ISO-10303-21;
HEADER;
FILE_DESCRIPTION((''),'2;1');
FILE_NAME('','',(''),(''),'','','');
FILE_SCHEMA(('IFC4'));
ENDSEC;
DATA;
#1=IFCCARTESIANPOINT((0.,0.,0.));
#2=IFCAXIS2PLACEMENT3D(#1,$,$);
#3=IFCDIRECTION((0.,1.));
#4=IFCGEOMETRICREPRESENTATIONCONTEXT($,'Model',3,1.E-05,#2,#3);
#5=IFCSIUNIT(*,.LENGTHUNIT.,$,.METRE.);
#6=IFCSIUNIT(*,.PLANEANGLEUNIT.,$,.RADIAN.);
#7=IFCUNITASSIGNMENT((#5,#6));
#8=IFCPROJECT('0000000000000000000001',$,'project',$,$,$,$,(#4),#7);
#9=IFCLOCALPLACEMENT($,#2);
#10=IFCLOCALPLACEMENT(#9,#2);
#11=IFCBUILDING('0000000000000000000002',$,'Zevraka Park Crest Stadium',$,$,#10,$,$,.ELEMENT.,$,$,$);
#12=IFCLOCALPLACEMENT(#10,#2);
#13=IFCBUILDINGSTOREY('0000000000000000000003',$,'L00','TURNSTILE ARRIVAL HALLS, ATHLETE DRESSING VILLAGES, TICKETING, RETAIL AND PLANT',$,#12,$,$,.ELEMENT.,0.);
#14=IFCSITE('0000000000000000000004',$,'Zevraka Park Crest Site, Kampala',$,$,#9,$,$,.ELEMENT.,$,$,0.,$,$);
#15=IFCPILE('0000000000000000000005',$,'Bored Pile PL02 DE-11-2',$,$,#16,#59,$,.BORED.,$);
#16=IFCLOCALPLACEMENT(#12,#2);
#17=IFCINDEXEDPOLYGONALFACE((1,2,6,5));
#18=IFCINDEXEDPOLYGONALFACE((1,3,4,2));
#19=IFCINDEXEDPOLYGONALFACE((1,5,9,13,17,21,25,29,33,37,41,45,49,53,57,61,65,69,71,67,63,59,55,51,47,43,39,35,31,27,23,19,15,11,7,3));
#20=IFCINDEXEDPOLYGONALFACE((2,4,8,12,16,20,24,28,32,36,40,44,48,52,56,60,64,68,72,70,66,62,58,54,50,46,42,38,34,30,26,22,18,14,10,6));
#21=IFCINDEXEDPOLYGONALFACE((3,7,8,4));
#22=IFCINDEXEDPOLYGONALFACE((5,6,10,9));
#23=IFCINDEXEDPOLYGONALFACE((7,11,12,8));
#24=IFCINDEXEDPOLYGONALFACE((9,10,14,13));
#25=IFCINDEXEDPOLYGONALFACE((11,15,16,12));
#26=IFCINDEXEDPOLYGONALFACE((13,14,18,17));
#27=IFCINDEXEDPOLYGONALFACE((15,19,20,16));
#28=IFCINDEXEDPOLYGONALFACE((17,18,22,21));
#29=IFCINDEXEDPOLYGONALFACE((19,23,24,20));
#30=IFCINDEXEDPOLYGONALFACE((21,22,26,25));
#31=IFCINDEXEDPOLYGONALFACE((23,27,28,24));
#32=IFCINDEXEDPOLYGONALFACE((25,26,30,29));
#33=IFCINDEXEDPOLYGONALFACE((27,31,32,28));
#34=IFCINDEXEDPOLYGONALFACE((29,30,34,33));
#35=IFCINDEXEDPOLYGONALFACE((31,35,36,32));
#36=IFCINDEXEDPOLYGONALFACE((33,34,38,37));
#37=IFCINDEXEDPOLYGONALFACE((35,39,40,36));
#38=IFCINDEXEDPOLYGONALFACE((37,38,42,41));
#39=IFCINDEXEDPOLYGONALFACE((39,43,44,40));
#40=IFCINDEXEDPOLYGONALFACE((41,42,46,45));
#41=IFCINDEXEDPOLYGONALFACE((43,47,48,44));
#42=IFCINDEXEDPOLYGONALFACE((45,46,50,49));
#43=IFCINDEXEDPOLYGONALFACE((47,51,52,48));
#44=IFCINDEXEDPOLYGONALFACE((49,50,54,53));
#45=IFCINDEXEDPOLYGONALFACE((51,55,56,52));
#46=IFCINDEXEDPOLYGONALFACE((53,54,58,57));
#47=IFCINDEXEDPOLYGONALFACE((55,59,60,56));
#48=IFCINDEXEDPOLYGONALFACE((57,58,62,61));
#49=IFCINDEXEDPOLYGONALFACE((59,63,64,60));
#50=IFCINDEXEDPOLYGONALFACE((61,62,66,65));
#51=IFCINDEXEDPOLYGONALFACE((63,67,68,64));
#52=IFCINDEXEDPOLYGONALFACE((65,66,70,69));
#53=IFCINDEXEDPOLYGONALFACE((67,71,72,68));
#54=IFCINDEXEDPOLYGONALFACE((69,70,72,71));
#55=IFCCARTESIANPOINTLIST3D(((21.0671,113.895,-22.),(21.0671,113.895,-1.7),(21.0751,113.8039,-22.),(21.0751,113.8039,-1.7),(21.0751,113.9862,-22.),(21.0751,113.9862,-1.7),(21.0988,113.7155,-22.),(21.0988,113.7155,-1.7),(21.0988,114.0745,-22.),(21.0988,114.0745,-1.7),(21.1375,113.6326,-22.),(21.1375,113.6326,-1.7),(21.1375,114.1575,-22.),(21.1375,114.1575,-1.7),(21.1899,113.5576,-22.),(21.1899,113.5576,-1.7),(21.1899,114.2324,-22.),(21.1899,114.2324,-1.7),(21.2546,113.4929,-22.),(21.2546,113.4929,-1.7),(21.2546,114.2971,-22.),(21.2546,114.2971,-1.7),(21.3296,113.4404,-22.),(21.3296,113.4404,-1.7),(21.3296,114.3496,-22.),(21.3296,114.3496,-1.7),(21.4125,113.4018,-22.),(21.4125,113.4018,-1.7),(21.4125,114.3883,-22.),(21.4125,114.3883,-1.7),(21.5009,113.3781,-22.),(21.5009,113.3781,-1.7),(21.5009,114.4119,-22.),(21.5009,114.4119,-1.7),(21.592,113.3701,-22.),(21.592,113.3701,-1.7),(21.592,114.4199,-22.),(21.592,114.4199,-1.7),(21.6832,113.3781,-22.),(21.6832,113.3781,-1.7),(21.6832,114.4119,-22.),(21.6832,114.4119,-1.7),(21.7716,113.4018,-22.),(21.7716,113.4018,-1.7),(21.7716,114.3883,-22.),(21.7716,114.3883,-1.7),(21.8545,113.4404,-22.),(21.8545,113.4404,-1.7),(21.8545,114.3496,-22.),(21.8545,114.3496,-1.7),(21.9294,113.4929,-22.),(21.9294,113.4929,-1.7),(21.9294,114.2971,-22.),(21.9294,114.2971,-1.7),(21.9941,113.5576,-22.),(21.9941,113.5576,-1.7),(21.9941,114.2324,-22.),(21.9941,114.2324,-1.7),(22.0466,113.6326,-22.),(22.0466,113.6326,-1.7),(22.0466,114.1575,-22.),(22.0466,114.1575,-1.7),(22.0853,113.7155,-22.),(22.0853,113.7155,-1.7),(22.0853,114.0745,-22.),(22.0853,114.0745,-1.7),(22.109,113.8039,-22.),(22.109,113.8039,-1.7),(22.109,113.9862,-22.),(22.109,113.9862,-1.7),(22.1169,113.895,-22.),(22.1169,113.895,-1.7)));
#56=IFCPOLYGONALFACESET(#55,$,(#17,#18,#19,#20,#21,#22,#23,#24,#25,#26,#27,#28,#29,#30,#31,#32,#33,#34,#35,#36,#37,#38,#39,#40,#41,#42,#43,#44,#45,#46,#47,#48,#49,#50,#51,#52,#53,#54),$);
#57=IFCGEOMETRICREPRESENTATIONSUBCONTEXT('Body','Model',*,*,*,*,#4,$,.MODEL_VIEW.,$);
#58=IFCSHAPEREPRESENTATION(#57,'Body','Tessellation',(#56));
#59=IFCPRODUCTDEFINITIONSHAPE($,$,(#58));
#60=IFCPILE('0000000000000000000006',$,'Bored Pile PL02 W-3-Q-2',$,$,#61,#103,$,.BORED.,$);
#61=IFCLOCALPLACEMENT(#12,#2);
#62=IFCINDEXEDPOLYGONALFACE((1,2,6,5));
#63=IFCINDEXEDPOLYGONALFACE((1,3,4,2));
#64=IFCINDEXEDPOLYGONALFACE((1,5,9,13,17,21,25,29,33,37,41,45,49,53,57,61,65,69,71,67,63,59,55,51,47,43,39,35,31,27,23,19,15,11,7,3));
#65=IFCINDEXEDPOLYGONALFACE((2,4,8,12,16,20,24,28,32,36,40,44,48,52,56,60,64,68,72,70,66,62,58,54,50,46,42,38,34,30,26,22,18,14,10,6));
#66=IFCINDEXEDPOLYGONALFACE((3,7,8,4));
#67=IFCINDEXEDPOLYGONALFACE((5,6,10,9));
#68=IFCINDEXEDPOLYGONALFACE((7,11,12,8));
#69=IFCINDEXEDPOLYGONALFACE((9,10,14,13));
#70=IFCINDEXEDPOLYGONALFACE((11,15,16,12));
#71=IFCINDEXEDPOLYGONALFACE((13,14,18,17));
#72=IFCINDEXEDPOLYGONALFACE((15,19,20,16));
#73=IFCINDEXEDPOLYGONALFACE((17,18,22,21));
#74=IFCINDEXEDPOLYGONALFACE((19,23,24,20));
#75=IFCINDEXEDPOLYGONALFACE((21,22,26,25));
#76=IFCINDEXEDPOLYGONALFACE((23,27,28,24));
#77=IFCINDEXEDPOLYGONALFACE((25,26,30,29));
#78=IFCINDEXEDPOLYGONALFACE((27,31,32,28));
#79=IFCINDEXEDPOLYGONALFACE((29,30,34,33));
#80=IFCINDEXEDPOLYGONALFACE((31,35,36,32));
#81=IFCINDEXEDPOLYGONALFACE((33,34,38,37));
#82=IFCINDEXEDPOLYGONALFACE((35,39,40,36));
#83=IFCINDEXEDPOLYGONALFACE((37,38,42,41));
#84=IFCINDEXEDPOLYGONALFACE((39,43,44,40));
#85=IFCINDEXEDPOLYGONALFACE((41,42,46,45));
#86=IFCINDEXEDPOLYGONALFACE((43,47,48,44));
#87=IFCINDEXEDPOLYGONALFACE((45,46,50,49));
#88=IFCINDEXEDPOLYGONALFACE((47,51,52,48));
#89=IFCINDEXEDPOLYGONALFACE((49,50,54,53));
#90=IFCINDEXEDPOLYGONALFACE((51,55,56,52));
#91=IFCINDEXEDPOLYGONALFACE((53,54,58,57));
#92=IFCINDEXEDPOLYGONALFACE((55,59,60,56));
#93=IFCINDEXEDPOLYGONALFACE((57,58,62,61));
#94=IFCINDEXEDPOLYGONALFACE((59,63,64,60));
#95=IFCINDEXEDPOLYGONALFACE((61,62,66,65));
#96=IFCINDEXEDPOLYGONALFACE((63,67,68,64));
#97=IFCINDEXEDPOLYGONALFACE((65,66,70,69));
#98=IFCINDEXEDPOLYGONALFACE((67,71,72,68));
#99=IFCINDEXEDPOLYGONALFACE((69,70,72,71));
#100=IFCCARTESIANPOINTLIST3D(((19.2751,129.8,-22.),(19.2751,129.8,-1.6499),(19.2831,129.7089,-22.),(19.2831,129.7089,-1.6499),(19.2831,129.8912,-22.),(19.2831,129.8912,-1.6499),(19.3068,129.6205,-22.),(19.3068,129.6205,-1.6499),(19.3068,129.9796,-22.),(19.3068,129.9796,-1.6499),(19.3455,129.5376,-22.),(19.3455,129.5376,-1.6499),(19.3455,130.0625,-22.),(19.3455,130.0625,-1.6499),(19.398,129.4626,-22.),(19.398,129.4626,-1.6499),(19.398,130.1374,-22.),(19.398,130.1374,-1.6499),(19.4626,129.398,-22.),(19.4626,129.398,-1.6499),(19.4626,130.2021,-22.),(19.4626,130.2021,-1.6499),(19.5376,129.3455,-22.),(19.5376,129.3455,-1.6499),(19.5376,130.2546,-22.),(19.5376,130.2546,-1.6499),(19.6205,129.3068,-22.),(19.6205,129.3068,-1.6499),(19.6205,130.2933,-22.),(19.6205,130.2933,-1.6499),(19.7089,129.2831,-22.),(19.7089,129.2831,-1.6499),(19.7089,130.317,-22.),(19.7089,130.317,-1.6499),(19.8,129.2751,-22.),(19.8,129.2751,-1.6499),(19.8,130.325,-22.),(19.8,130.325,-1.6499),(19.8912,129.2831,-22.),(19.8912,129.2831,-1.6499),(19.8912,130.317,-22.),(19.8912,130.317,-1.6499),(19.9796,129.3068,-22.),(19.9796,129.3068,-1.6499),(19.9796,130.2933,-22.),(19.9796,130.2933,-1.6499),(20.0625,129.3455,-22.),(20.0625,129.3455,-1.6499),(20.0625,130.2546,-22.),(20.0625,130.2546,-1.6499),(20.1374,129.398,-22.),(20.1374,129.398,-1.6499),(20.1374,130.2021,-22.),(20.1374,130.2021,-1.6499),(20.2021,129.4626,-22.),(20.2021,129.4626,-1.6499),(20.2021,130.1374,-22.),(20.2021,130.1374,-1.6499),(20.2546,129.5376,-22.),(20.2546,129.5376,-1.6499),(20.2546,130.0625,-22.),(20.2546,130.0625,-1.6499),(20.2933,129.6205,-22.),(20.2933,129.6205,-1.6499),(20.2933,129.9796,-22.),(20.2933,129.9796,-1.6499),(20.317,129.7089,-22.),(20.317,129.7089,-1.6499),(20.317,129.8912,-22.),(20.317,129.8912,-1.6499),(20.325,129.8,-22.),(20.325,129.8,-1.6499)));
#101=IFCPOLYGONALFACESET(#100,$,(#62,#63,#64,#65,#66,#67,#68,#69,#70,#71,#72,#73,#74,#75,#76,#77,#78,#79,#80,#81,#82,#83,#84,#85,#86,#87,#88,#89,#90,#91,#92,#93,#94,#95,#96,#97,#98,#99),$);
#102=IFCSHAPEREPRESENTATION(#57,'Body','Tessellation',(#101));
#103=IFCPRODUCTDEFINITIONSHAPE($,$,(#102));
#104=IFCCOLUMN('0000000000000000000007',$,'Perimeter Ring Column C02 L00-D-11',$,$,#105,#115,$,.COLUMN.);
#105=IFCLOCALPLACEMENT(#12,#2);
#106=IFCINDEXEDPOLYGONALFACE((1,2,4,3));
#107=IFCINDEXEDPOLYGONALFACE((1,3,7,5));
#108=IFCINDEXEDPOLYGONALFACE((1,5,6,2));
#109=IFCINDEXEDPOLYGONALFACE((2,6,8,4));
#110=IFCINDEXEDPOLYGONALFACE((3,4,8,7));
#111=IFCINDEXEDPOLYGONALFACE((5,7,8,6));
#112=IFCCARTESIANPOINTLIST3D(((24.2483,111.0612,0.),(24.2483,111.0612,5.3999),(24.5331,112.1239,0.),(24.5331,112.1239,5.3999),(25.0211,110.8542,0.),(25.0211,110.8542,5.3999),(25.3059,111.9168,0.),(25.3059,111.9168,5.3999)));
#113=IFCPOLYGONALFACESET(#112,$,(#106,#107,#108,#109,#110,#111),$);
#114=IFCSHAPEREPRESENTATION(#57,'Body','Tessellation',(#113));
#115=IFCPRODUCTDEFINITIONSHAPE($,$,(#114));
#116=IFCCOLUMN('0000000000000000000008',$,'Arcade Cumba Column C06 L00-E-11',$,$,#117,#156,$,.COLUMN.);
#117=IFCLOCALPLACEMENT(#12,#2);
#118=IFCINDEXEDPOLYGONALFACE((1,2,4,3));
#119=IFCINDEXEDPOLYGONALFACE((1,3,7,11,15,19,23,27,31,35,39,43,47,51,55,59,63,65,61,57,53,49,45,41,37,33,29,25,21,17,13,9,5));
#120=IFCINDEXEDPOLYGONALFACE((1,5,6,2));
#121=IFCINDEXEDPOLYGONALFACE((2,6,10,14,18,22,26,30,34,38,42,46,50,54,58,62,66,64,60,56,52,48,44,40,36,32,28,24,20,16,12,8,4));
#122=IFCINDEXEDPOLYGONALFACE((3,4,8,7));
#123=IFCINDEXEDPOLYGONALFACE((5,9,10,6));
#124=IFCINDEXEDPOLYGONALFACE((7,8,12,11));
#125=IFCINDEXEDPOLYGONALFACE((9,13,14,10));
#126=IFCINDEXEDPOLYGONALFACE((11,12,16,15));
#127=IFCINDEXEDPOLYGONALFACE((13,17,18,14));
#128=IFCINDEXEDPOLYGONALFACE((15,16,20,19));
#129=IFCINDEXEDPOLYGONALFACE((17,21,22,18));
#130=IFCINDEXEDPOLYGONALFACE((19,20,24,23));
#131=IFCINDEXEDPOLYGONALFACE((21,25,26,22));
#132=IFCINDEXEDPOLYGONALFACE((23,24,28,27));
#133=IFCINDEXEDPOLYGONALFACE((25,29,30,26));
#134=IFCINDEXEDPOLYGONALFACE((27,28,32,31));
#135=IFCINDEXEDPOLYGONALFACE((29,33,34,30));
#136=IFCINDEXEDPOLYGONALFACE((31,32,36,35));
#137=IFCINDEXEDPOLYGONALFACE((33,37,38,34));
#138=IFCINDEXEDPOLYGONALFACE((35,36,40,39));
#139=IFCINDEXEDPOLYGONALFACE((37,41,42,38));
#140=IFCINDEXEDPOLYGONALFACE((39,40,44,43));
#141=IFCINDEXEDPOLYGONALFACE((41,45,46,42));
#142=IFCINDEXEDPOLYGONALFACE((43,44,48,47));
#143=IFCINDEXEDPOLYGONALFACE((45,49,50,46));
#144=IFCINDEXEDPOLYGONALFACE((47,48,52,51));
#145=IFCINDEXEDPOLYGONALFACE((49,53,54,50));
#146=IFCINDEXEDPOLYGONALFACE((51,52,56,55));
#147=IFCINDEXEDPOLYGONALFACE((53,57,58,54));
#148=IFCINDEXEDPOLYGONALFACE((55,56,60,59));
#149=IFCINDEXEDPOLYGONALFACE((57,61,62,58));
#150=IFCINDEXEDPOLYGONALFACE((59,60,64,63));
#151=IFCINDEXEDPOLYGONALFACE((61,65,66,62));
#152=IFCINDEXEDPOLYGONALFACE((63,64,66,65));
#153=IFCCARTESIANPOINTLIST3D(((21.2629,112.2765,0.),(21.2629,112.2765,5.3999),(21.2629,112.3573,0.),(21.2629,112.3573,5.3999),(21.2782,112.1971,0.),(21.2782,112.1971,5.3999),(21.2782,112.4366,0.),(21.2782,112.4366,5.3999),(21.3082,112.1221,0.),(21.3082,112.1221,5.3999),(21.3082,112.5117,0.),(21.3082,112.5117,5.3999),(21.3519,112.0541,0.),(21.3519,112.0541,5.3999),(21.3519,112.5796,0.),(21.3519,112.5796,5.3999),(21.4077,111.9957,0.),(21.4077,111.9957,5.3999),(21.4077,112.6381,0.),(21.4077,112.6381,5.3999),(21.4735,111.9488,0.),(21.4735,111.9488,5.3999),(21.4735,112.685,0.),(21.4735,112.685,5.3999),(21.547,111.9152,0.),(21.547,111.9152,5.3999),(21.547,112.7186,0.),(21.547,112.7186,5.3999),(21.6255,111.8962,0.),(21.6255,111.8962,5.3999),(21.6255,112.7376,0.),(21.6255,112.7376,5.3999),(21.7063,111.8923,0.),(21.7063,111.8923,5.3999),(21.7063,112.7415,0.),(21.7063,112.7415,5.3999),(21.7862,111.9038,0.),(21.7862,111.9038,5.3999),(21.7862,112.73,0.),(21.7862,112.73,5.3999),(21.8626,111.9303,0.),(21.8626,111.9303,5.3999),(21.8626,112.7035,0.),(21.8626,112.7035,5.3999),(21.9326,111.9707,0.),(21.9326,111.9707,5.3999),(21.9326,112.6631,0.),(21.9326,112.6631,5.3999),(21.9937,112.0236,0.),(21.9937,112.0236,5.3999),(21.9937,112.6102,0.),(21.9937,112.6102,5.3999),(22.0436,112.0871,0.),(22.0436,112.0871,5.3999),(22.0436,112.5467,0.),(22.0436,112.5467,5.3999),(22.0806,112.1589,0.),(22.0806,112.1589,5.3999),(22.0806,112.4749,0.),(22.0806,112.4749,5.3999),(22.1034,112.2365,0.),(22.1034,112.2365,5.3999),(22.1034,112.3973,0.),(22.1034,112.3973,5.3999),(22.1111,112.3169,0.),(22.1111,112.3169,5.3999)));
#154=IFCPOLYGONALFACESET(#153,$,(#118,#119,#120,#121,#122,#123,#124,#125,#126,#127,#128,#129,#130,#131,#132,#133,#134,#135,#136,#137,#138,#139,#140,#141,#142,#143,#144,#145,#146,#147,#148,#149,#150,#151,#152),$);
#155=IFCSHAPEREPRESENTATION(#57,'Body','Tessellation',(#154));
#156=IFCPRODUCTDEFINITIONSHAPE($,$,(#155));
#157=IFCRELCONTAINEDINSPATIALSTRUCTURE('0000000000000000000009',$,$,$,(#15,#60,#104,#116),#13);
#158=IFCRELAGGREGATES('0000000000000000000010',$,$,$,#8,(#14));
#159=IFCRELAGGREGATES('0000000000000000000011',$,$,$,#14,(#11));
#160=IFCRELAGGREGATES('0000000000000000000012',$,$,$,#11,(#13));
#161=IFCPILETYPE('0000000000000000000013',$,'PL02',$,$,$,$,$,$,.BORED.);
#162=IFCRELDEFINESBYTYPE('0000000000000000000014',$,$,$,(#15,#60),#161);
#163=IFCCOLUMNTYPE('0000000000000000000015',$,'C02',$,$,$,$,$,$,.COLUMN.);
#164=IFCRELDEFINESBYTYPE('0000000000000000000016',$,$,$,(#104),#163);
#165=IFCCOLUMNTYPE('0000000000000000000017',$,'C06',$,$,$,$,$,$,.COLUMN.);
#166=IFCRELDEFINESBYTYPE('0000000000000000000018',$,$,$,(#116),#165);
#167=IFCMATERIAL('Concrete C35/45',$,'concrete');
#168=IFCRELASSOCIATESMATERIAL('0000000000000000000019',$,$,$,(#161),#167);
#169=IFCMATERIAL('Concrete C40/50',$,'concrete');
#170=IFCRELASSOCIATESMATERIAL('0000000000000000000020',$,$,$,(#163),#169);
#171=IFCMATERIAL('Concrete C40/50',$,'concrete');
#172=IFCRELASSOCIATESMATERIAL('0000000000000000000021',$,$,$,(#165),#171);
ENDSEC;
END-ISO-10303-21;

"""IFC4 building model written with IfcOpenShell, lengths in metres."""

from ifc_helpers import new_model, si_unit, direction, frame, origin, origin_2d, place, context, subcontext, project, spatial, rectangle, circle, extrude, material, material_profile, profile_set, type_object, element, save


model = new_model("IFC4")

# Units and contexts
model_context = context("Model", 3, precision=1e-05, world=origin(), true_north=direction((0.0, 1.0)))
body_context = subcontext(model_context, "Body", "Model", "MODEL_VIEW")
ifc_project = project(units=[si_unit("LENGTHUNIT", "METRE"), si_unit("PLANEANGLEUNIT", "RADIAN")], contexts=[model_context])

# Site, building, storey
site_placement = place(None, origin())
site = spatial("IfcSite", under=ifc_project, at=site_placement, Name="Zevraka Park Crest Site, Kampala", CompositionType="ELEMENT", RefElevation=0.0)
building_placement = place(site_placement, origin())
building = spatial("IfcBuilding", under=site, at=building_placement, Name="Zevraka Park Crest Stadium", CompositionType="ELEMENT")
storey_placement = place(building_placement, origin())
storey = spatial("IfcBuildingStorey", under=building, at=storey_placement, Name="L00", Description="TURNSTILE ARRIVAL HALLS, ATHLETE DRESSING VILLAGES, TICKETING, RETAIL AND PLANT", CompositionType="ELEMENT", Elevation=0.0)

# Piles
ifc_material_1 = material(Name="Concrete C35/45", Category="concrete")
ifc_material_profile_1 = material_profile(ifc_material_1, circle(Radius=0.5249, at=origin_2d()), Name="PILE D1050")
ifc_profile_set_1 = profile_set([ifc_material_profile_1], Name="Concrete C35/45")
pile_type_1 = type_object("IfcPileType", Name="PL02", PredefinedType="BORED", material=ifc_profile_set_1)
for number, where, z_axis, x_axis, name in (
    (1, (21.592, 113.895, -1.7), (0.0, 0.0, -1.0), (1.0, 0.0, 0.0), "Bored Pile PL02 DE-11-2"),
):
    element("IfcPile", number, at=place(storey_placement, frame(where, z_axis=z_axis, x_axis=x_axis)), inside=storey, type_object=pile_type_1, Name=name, PredefinedType="BORED", context=body_context, shape_type="SweptSolid", body=[
        extrude(circle(Radius=0.5249, at=origin_2d()), origin(), (0.0, 0.0, 1.0), 20.3),
    ])
pile_placement = place(storey_placement, frame((19.8, 129.8, -1.6499), z_axis=(0.0, 0.0, -1.0), x_axis=(1.0, 0.0, 0.0)))
element("IfcPile", 2, at=pile_placement, inside=storey, type_object=pile_type_1, Name="Bored Pile PL02 W-3-Q-2", PredefinedType="BORED", context=body_context, shape_type="SweptSolid", body=[
    extrude(circle(Radius=0.5249, at=origin_2d()), origin(), (0.0, 0.0, 1.0), 20.3501),
])

# Columns
ifc_material_2 = material(Name="Concrete C40/50", Category="concrete")
ifc_material_profile_2 = material_profile(ifc_material_2, rectangle(XDim=0.8, YDim=1.1001, at=origin_2d()), Name="RC 1100x800")
ifc_profile_set_2 = profile_set([ifc_material_profile_2], Name="Concrete C40/50")
column_type_1 = type_object("IfcColumnType", Name="C02", PredefinedType="COLUMN", material=ifc_profile_set_2)
column_1_placement = place(storey_placement, frame((24.7771, 111.489, 0.0), z_axis=(0.0, 0.0, 1.0), x_axis=(-0.965926, 0.258819, 0.0)))
element("IfcColumn", 3, at=column_1_placement, inside=storey, type_object=column_type_1, Name="Perimeter Ring Column C02 L00-D-11", PredefinedType="COLUMN", context=body_context, shape_type="SweptSolid", body=[
    extrude(rectangle(XDim=0.8, YDim=1.1001, at=origin_2d()), origin(), (0.0, 0.0, 1.0), 5.3999),
])
ifc_material_3 = material(Name="Concrete C40/50", Category="concrete")
ifc_material_profile_3 = material_profile(ifc_material_3, circle(Radius=0.425, at=origin_2d()), Name="RC D850")
ifc_profile_set_3 = profile_set([ifc_material_profile_3], Name="Concrete C40/50")
column_type_2 = type_object("IfcColumnType", Name="C06", PredefinedType="COLUMN", material=ifc_profile_set_3)
column_2_placement = place(storey_placement, frame((21.686, 112.3169, 0.0), z_axis=(0.0, 0.0, 1.0), x_axis=(1.0, 0.0, 0.0)))
element("IfcColumn", 4, at=column_2_placement, inside=storey, type_object=column_type_2, Name="Arcade Cumba Column C06 L00-E-11", PredefinedType="COLUMN", context=body_context, shape_type="SweptSolid", body=[
    extrude(circle(Radius=0.425, at=origin_2d()), origin(), (0.0, 0.0, 1.0), 5.3999),
])

save(model, "model.ifc")
